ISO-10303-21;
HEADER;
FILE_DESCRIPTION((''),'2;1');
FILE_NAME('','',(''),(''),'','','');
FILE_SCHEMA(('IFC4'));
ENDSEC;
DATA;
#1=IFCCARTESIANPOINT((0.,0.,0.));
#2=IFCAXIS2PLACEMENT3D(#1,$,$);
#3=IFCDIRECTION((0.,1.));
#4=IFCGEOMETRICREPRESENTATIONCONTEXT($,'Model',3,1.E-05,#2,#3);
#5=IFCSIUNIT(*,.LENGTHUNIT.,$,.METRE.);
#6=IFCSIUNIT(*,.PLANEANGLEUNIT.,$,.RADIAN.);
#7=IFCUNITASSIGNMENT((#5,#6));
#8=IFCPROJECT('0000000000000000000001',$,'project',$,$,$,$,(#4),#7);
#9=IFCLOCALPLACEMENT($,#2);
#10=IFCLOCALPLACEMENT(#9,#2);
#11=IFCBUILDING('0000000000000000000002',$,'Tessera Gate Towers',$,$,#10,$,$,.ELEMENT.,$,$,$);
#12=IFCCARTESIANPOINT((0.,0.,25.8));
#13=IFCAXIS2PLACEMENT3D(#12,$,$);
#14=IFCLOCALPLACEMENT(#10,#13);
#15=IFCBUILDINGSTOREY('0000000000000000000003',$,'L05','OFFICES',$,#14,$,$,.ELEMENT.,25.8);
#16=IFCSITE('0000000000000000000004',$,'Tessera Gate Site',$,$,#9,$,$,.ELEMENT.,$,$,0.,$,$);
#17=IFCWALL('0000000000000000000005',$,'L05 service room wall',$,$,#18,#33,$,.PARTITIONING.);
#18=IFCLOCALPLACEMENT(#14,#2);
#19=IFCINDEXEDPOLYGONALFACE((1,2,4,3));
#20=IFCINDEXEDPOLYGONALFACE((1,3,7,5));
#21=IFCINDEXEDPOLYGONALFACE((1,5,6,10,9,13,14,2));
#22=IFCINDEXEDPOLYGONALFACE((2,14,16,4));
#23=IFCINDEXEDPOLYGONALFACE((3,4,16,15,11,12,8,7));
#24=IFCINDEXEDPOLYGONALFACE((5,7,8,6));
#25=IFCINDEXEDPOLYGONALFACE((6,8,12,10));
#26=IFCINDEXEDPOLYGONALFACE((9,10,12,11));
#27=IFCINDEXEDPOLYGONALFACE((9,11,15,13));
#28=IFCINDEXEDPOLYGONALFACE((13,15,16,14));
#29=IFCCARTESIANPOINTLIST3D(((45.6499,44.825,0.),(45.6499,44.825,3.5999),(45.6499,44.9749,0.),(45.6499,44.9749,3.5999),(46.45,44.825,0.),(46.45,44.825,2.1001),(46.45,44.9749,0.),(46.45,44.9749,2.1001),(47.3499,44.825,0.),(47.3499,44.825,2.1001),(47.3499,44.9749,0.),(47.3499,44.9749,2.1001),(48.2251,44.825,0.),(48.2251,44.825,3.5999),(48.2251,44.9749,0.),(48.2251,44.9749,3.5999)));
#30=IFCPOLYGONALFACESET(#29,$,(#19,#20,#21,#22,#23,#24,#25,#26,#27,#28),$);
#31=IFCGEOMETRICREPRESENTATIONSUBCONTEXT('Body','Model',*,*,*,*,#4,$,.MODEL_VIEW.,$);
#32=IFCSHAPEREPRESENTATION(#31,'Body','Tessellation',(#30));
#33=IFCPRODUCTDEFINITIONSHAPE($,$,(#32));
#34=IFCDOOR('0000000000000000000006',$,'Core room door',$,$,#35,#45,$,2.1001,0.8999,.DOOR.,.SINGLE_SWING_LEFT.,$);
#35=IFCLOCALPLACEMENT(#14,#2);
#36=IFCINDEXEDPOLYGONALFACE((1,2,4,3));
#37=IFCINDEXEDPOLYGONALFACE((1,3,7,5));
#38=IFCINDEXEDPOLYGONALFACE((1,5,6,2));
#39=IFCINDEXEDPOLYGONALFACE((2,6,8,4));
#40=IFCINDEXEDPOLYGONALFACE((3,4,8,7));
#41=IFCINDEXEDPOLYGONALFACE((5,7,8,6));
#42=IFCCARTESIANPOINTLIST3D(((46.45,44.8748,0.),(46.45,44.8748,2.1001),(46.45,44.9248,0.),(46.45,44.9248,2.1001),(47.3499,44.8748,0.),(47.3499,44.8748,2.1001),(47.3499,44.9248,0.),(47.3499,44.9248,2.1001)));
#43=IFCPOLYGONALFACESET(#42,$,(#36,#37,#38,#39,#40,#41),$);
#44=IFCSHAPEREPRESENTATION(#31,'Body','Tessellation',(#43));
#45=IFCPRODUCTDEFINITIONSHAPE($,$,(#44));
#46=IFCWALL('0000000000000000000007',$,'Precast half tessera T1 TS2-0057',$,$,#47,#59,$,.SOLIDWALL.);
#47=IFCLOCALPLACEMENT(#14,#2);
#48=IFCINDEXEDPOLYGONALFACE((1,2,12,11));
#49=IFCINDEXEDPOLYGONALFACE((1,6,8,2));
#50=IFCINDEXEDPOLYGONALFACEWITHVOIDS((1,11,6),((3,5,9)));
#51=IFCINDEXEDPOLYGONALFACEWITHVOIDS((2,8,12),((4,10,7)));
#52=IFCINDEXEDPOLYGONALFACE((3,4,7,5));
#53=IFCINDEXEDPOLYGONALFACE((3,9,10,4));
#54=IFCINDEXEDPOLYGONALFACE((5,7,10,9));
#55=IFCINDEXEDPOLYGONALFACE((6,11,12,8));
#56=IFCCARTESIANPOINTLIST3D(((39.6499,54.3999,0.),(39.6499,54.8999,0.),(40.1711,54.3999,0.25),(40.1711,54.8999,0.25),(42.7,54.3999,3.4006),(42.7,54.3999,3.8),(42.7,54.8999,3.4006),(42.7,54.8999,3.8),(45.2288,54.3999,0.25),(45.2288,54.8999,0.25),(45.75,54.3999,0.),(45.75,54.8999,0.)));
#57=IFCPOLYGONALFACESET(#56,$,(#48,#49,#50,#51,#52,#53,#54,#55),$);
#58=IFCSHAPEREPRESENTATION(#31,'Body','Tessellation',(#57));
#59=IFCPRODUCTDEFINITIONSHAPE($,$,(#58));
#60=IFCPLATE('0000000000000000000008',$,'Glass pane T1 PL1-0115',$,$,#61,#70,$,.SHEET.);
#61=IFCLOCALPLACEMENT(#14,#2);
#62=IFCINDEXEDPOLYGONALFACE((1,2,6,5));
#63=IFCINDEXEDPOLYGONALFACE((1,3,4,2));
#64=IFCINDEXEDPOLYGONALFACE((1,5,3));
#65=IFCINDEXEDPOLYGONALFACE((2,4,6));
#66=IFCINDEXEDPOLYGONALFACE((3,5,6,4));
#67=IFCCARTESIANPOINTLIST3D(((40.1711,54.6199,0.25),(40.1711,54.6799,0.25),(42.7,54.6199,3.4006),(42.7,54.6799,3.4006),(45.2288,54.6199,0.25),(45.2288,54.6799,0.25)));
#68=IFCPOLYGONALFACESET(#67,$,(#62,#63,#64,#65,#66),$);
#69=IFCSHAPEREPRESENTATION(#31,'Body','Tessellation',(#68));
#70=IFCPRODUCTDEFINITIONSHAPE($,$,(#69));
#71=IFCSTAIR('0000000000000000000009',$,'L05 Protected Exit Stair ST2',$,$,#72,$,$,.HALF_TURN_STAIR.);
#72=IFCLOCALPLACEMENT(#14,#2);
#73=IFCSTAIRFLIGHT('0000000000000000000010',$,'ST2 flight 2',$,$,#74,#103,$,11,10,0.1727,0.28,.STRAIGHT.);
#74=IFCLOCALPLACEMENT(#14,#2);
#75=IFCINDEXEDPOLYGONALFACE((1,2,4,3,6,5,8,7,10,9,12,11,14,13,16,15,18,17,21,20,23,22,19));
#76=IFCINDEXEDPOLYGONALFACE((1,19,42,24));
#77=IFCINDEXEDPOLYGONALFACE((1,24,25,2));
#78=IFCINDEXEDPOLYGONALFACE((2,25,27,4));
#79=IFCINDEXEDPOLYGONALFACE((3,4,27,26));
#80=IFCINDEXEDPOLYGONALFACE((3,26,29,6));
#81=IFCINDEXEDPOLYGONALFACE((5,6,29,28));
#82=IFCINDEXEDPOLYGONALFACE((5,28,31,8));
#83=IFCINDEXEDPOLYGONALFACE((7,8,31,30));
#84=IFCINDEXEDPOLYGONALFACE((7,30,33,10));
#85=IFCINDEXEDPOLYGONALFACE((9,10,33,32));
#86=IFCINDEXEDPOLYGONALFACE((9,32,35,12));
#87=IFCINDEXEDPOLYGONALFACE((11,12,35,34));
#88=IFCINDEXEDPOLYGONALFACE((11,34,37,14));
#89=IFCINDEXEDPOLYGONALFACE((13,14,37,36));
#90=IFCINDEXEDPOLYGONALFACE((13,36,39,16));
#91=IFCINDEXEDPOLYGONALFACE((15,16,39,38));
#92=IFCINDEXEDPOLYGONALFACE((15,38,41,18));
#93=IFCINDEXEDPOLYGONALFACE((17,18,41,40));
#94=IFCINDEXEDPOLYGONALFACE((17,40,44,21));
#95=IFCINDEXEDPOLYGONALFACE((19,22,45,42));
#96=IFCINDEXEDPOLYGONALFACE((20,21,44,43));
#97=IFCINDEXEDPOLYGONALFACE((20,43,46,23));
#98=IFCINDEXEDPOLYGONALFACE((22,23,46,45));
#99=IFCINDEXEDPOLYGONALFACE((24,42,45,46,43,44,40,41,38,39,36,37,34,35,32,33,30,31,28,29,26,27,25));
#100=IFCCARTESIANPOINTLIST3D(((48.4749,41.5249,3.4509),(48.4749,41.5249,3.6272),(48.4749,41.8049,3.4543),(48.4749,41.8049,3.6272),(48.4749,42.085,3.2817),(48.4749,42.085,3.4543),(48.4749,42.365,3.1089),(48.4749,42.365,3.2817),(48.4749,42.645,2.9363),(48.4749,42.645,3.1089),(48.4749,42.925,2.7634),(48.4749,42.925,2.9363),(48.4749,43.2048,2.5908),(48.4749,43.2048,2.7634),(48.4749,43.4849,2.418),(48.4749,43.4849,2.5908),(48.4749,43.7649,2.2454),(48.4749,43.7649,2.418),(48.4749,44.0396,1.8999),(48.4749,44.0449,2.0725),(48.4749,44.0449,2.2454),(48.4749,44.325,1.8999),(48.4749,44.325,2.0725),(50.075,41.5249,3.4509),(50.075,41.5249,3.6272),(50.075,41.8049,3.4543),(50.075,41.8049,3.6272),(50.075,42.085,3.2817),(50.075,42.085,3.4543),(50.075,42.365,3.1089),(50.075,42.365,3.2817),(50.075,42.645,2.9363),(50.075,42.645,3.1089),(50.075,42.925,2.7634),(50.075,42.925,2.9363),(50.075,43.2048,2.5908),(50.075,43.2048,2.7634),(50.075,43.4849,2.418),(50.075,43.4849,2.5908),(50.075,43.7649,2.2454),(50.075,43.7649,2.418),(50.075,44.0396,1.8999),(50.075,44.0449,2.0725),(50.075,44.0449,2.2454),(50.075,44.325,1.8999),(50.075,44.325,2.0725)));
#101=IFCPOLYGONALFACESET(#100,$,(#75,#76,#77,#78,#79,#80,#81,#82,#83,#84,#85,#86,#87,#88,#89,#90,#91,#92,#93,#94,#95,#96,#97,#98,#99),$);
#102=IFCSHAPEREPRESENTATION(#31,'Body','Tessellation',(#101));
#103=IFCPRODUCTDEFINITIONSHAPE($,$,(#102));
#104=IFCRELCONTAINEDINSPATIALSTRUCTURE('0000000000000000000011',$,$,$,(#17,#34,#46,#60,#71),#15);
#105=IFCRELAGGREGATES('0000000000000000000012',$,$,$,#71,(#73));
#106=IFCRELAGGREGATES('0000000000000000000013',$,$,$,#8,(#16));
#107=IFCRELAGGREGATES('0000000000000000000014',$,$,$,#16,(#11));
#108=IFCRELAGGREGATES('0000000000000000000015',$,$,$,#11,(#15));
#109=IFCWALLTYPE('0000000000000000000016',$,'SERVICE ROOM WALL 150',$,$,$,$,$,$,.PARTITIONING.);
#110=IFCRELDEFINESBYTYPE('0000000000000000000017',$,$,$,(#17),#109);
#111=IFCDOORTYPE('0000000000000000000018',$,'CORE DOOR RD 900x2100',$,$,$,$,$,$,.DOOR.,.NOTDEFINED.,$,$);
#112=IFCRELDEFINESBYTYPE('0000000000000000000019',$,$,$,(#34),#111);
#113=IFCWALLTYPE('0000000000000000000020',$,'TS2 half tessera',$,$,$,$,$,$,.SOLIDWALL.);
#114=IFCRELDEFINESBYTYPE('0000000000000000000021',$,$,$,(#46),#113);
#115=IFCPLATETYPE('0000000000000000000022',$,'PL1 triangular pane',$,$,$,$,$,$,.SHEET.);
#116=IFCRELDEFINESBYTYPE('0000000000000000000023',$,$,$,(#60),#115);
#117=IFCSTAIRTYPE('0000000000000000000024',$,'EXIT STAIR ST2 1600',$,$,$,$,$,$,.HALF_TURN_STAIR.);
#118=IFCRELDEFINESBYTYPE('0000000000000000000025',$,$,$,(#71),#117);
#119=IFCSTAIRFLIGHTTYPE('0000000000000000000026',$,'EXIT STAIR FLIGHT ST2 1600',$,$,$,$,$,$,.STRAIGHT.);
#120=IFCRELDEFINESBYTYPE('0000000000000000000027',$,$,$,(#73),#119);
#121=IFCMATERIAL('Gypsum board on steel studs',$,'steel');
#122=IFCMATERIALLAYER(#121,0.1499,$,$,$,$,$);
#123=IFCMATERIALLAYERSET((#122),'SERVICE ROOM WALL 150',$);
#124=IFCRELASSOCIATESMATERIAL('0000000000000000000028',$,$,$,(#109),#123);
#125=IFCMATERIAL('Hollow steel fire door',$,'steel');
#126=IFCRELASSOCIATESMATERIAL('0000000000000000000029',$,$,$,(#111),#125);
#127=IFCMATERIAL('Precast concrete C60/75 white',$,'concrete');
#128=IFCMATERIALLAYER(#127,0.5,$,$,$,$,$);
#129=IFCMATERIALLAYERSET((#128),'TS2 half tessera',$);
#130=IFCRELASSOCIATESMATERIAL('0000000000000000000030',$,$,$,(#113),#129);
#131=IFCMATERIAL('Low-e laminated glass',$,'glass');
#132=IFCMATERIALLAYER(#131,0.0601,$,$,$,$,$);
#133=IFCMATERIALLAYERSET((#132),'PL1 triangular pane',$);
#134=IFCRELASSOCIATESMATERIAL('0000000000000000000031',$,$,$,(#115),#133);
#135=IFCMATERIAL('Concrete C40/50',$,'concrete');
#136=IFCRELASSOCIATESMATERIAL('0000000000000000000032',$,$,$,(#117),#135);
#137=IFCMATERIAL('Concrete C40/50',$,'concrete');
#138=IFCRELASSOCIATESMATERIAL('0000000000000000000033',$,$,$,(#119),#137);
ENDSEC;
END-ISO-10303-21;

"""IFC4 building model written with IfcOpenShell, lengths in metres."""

from ifc_helpers import new_model, si_unit, direction, frame, frame_2d, origin, place, context, subcontext, project, spatial, polyline, rectangle, outline, extrude, source, transform, mapped, material, layer, layer_set, type_object, element, fill, aggregate, save


model = new_model("IFC4")

# Units and contexts
model_context = context("Model", 3, precision=1e-05, world=origin(), true_north=direction((0.0, 1.0)))
body_context = subcontext(model_context, "Body", "Model", "MODEL_VIEW")
ifc_project = project(units=[si_unit("LENGTHUNIT", "METRE"), si_unit("PLANEANGLEUNIT", "RADIAN")], contexts=[model_context])

# Site, building, storey
site_placement = place(None, origin())
site = spatial("IfcSite", under=ifc_project, at=site_placement, Name="Tessera Gate Site", CompositionType="ELEMENT", RefElevation=0.0)
building_placement = place(site_placement, origin())
building = spatial("IfcBuilding", under=site, at=building_placement, Name="Tessera Gate Towers", CompositionType="ELEMENT")
storey_placement = place(building_placement, frame((0.0, 0.0, 25.8)))
storey = spatial("IfcBuildingStorey", under=building, at=storey_placement, Name="L05", Description="OFFICES", CompositionType="ELEMENT", Elevation=25.8)

# Wall, opening, door
ifc_material_1 = material(Name="Gypsum board on steel studs", Category="steel")
ifc_layer_1 = layer(ifc_material_1, 0.1499)
ifc_layer_set_1 = layer_set([ifc_layer_1], Name="SERVICE ROOM WALL 150")
wall_type_1 = type_object("IfcWallType", Name="SERVICE ROOM WALL 150", PredefinedType="PARTITIONING", material=ifc_layer_set_1)
wall_1_placement = place(storey_placement, frame((45.6499, 44.8999, 0.0), z_axis=(0.0, 0.0, 1.0), x_axis=(1.0, 0.0, 0.0)))
wall_1 = element("IfcWall", 1, at=wall_1_placement, inside=storey, type_object=wall_type_1, Name="L05 service room wall", PredefinedType="PARTITIONING", context=body_context, shape_type="SweptSolid", body=[
    extrude(rectangle(XDim=2.5752, YDim=0.1499, at=frame_2d((1.2876, 0.0))), origin(), (0.0, 0.0, 1.0), 3.5999),
])
shared_shape_1 = source(origin(), body_context, "Body", "SweptSolid", [
    extrude(rectangle(XDim=0.8999, YDim=2.1001, at=frame_2d((0.45, 1.05))), frame((0.0, 0.085, 0.0), z_axis=(0.0, -1.0, 0.0), x_axis=(1.0, 0.0, 0.0)), (0.0, 0.0, 1.0), 0.1699),
])
opening_1_placement = place(wall_1_placement, frame((0.8, 0.0, 0.0)))
opening_1 = element("IfcOpeningElement", 2, at=opening_1_placement, cuts=wall_1, PredefinedType="OPENING", context=body_context, shape_type="MappedRepresentation", body=[
    mapped(shared_shape_1, transform((0.0, 0.0, 0.0), scale=1.0)),
])
ifc_material_2 = material(Name="Hollow steel fire door", Category="steel")
door_type_1 = type_object("IfcDoorType", Name="CORE DOOR RD 900x2100", OperationType="NOTDEFINED", PredefinedType="DOOR", material=ifc_material_2)
shared_shape_2 = source(origin(), body_context, "Body", "SweptSolid", [
    extrude(rectangle(XDim=0.8999, YDim=2.1001, at=frame_2d((0.45, 1.05))), frame((0.0, 0.0249, 0.0), z_axis=(0.0, -1.0, 0.0), x_axis=(1.0, 0.0, 0.0)), (0.0, 0.0, 1.0), 0.05),
])
door_1_placement = place(opening_1_placement, origin())
door_1 = element("IfcDoor", 3, at=door_1_placement, inside=storey, type_object=door_type_1, Name="Core room door", OperationType="SINGLE_SWING_LEFT", OverallHeight=2.1001, OverallWidth=0.8999, PredefinedType="DOOR", context=body_context, shape_type="MappedRepresentation", body=[
    mapped(shared_shape_2, transform((0.0, 0.0, 0.0), scale=1.0)),
])
fill(opening_1, door_1)

# Wall, opening, plate
ifc_material_3 = material(Name="Precast concrete C60/75 white", Category="concrete")
ifc_layer_2 = layer(ifc_material_3, 0.5)
ifc_layer_set_2 = layer_set([ifc_layer_2], Name="TS2 half tessera")
wall_type_2 = type_object("IfcWallType", Name="TS2 half tessera", PredefinedType="SOLIDWALL", material=ifc_layer_set_2)
shared_shape_3 = source(origin(), body_context, "Body", "SweptSolid", [
    extrude(outline(polyline([(6.1001, 0.0), (3.05, 3.8), (0.0, 0.0), (6.1001, 0.0)])), frame((0.0, 0.25, 0.0), z_axis=(0.0, -1.0, 0.0), x_axis=(1.0, 0.0, 0.0)), (0.0, 0.0, 1.0), 0.5),
])
wall_2_placement = place(storey_placement, frame((45.75, 54.6499, 0.0), z_axis=(0.0, 0.0, 1.0), x_axis=(-1.0, 0.0, 0.0)))
wall_2 = element("IfcWall", 4, at=wall_2_placement, inside=storey, type_object=wall_type_2, Name="Precast half tessera T1 TS2-0057", PredefinedType="SOLIDWALL", context=body_context, shape_type="MappedRepresentation", body=[
    mapped(shared_shape_3, transform((0.0, 0.0, 0.0), scale=1.0)),
])
shared_shape_4 = source(origin(), body_context, "Body", "SweptSolid", [
    extrude(outline(polyline([(5.5789, 0.25), (3.05, 3.4006), (0.5212, 0.25), (5.5789, 0.25)])), frame((0.0, 0.26, 0.0), z_axis=(0.0, -1.0, 0.0), x_axis=(1.0, 0.0, 0.0)), (0.0, 0.0, 1.0), 0.52),
])
opening_2_placement = place(wall_2_placement, origin())
opening_2 = element("IfcOpeningElement", 5, at=opening_2_placement, cuts=wall_2, PredefinedType="OPENING", context=body_context, shape_type="MappedRepresentation", body=[
    mapped(shared_shape_4, transform((0.0, 0.0, 0.0), scale=1.0)),
])
ifc_material_4 = material(Name="Low-e laminated glass", Category="glass")
ifc_layer_3 = layer(ifc_material_4, 0.0601)
ifc_layer_set_3 = layer_set([ifc_layer_3], Name="PL1 triangular pane")
plate_type = type_object("IfcPlateType", Name="PL1 triangular pane", PredefinedType="SHEET", material=ifc_layer_set_3)
shared_shape_5 = source(origin(), body_context, "Body", "SweptSolid", [
    extrude(outline(polyline([(5.5789, 0.25), (3.05, 3.4006), (0.5212, 0.25), (5.5789, 0.25)])), frame((0.0, 0.03, 0.0), z_axis=(0.0, -1.0, 0.0), x_axis=(1.0, 0.0, 0.0)), (0.0, 0.0, 1.0), 0.0601),
])
plate_placement = place(opening_2_placement, origin())
plate = element("IfcPlate", 6, at=plate_placement, inside=storey, type_object=plate_type, Name="Glass pane T1 PL1-0115", PredefinedType="SHEET", context=body_context, shape_type="MappedRepresentation", body=[
    mapped(shared_shape_5, transform((0.0, 0.0, 0.0), scale=1.0)),
])
fill(opening_2, plate)

# Stair, stair flight
ifc_material_5 = material(Name="Concrete C40/50", Category="concrete")
stair_type = type_object("IfcStairType", Name="EXIT STAIR ST2 1600", PredefinedType="HALF_TURN_STAIR", material=ifc_material_5)
stair_placement = place(storey_placement, origin())
stair = element("IfcStair", 7, at=stair_placement, inside=storey, type_object=stair_type, Name="L05 Protected Exit Stair ST2", PredefinedType="HALF_TURN_STAIR")
ifc_material_6 = material(Name="Concrete C40/50", Category="concrete")
stair_flight_type = type_object("IfcStairFlightType", Name="EXIT STAIR FLIGHT ST2 1600", PredefinedType="STRAIGHT", material=ifc_material_6)
stair_flight_placement = place(storey_placement, frame((49.2749, 44.325, 1.8999), z_axis=(0.0, 0.0, 1.0), x_axis=(0.0, -1.0, 0.0)))
stair_flight = element("IfcStairFlight", 8, at=stair_flight_placement, type_object=stair_flight_type, Name="ST2 flight 2", NumberOfRisers=11, NumberOfTreads=10, PredefinedType="STRAIGHT", RiserHeight=0.1727, TreadLength=0.28, context=body_context, shape_type="SweptSolid", body=[
    extrude(outline(polyline([(0.0, 0.0), (0.0, 0.1726), (0.28, 0.1726), (0.28, 0.3455), (0.5601, 0.3455), (0.5601, 0.5181), (0.8401, 0.5181), (0.8401, 0.6909), (1.1201, 0.6909), (1.1201, 0.8635), (1.3999, 0.8635), (1.3999, 1.0364), (1.6799, 1.0364), (1.6799, 1.209), (1.96, 1.209), (1.96, 1.3818), (2.24, 1.3818), (2.24, 1.5544), (2.52, 1.5544), (2.52, 1.7273), (2.8, 1.7273), (2.8, 1.8999), (2.8, 1.551), (0.2854, 0.0), (0.0, 0.0)])), frame((0.0, 0.8, 0.0), z_axis=(0.0, -1.0, 0.0), x_axis=(1.0, 0.0, 0.0)), (0.0, 0.0, 1.0), 1.6001),
])
aggregate(stair, [stair_flight])

save(model, "model.ifc")
